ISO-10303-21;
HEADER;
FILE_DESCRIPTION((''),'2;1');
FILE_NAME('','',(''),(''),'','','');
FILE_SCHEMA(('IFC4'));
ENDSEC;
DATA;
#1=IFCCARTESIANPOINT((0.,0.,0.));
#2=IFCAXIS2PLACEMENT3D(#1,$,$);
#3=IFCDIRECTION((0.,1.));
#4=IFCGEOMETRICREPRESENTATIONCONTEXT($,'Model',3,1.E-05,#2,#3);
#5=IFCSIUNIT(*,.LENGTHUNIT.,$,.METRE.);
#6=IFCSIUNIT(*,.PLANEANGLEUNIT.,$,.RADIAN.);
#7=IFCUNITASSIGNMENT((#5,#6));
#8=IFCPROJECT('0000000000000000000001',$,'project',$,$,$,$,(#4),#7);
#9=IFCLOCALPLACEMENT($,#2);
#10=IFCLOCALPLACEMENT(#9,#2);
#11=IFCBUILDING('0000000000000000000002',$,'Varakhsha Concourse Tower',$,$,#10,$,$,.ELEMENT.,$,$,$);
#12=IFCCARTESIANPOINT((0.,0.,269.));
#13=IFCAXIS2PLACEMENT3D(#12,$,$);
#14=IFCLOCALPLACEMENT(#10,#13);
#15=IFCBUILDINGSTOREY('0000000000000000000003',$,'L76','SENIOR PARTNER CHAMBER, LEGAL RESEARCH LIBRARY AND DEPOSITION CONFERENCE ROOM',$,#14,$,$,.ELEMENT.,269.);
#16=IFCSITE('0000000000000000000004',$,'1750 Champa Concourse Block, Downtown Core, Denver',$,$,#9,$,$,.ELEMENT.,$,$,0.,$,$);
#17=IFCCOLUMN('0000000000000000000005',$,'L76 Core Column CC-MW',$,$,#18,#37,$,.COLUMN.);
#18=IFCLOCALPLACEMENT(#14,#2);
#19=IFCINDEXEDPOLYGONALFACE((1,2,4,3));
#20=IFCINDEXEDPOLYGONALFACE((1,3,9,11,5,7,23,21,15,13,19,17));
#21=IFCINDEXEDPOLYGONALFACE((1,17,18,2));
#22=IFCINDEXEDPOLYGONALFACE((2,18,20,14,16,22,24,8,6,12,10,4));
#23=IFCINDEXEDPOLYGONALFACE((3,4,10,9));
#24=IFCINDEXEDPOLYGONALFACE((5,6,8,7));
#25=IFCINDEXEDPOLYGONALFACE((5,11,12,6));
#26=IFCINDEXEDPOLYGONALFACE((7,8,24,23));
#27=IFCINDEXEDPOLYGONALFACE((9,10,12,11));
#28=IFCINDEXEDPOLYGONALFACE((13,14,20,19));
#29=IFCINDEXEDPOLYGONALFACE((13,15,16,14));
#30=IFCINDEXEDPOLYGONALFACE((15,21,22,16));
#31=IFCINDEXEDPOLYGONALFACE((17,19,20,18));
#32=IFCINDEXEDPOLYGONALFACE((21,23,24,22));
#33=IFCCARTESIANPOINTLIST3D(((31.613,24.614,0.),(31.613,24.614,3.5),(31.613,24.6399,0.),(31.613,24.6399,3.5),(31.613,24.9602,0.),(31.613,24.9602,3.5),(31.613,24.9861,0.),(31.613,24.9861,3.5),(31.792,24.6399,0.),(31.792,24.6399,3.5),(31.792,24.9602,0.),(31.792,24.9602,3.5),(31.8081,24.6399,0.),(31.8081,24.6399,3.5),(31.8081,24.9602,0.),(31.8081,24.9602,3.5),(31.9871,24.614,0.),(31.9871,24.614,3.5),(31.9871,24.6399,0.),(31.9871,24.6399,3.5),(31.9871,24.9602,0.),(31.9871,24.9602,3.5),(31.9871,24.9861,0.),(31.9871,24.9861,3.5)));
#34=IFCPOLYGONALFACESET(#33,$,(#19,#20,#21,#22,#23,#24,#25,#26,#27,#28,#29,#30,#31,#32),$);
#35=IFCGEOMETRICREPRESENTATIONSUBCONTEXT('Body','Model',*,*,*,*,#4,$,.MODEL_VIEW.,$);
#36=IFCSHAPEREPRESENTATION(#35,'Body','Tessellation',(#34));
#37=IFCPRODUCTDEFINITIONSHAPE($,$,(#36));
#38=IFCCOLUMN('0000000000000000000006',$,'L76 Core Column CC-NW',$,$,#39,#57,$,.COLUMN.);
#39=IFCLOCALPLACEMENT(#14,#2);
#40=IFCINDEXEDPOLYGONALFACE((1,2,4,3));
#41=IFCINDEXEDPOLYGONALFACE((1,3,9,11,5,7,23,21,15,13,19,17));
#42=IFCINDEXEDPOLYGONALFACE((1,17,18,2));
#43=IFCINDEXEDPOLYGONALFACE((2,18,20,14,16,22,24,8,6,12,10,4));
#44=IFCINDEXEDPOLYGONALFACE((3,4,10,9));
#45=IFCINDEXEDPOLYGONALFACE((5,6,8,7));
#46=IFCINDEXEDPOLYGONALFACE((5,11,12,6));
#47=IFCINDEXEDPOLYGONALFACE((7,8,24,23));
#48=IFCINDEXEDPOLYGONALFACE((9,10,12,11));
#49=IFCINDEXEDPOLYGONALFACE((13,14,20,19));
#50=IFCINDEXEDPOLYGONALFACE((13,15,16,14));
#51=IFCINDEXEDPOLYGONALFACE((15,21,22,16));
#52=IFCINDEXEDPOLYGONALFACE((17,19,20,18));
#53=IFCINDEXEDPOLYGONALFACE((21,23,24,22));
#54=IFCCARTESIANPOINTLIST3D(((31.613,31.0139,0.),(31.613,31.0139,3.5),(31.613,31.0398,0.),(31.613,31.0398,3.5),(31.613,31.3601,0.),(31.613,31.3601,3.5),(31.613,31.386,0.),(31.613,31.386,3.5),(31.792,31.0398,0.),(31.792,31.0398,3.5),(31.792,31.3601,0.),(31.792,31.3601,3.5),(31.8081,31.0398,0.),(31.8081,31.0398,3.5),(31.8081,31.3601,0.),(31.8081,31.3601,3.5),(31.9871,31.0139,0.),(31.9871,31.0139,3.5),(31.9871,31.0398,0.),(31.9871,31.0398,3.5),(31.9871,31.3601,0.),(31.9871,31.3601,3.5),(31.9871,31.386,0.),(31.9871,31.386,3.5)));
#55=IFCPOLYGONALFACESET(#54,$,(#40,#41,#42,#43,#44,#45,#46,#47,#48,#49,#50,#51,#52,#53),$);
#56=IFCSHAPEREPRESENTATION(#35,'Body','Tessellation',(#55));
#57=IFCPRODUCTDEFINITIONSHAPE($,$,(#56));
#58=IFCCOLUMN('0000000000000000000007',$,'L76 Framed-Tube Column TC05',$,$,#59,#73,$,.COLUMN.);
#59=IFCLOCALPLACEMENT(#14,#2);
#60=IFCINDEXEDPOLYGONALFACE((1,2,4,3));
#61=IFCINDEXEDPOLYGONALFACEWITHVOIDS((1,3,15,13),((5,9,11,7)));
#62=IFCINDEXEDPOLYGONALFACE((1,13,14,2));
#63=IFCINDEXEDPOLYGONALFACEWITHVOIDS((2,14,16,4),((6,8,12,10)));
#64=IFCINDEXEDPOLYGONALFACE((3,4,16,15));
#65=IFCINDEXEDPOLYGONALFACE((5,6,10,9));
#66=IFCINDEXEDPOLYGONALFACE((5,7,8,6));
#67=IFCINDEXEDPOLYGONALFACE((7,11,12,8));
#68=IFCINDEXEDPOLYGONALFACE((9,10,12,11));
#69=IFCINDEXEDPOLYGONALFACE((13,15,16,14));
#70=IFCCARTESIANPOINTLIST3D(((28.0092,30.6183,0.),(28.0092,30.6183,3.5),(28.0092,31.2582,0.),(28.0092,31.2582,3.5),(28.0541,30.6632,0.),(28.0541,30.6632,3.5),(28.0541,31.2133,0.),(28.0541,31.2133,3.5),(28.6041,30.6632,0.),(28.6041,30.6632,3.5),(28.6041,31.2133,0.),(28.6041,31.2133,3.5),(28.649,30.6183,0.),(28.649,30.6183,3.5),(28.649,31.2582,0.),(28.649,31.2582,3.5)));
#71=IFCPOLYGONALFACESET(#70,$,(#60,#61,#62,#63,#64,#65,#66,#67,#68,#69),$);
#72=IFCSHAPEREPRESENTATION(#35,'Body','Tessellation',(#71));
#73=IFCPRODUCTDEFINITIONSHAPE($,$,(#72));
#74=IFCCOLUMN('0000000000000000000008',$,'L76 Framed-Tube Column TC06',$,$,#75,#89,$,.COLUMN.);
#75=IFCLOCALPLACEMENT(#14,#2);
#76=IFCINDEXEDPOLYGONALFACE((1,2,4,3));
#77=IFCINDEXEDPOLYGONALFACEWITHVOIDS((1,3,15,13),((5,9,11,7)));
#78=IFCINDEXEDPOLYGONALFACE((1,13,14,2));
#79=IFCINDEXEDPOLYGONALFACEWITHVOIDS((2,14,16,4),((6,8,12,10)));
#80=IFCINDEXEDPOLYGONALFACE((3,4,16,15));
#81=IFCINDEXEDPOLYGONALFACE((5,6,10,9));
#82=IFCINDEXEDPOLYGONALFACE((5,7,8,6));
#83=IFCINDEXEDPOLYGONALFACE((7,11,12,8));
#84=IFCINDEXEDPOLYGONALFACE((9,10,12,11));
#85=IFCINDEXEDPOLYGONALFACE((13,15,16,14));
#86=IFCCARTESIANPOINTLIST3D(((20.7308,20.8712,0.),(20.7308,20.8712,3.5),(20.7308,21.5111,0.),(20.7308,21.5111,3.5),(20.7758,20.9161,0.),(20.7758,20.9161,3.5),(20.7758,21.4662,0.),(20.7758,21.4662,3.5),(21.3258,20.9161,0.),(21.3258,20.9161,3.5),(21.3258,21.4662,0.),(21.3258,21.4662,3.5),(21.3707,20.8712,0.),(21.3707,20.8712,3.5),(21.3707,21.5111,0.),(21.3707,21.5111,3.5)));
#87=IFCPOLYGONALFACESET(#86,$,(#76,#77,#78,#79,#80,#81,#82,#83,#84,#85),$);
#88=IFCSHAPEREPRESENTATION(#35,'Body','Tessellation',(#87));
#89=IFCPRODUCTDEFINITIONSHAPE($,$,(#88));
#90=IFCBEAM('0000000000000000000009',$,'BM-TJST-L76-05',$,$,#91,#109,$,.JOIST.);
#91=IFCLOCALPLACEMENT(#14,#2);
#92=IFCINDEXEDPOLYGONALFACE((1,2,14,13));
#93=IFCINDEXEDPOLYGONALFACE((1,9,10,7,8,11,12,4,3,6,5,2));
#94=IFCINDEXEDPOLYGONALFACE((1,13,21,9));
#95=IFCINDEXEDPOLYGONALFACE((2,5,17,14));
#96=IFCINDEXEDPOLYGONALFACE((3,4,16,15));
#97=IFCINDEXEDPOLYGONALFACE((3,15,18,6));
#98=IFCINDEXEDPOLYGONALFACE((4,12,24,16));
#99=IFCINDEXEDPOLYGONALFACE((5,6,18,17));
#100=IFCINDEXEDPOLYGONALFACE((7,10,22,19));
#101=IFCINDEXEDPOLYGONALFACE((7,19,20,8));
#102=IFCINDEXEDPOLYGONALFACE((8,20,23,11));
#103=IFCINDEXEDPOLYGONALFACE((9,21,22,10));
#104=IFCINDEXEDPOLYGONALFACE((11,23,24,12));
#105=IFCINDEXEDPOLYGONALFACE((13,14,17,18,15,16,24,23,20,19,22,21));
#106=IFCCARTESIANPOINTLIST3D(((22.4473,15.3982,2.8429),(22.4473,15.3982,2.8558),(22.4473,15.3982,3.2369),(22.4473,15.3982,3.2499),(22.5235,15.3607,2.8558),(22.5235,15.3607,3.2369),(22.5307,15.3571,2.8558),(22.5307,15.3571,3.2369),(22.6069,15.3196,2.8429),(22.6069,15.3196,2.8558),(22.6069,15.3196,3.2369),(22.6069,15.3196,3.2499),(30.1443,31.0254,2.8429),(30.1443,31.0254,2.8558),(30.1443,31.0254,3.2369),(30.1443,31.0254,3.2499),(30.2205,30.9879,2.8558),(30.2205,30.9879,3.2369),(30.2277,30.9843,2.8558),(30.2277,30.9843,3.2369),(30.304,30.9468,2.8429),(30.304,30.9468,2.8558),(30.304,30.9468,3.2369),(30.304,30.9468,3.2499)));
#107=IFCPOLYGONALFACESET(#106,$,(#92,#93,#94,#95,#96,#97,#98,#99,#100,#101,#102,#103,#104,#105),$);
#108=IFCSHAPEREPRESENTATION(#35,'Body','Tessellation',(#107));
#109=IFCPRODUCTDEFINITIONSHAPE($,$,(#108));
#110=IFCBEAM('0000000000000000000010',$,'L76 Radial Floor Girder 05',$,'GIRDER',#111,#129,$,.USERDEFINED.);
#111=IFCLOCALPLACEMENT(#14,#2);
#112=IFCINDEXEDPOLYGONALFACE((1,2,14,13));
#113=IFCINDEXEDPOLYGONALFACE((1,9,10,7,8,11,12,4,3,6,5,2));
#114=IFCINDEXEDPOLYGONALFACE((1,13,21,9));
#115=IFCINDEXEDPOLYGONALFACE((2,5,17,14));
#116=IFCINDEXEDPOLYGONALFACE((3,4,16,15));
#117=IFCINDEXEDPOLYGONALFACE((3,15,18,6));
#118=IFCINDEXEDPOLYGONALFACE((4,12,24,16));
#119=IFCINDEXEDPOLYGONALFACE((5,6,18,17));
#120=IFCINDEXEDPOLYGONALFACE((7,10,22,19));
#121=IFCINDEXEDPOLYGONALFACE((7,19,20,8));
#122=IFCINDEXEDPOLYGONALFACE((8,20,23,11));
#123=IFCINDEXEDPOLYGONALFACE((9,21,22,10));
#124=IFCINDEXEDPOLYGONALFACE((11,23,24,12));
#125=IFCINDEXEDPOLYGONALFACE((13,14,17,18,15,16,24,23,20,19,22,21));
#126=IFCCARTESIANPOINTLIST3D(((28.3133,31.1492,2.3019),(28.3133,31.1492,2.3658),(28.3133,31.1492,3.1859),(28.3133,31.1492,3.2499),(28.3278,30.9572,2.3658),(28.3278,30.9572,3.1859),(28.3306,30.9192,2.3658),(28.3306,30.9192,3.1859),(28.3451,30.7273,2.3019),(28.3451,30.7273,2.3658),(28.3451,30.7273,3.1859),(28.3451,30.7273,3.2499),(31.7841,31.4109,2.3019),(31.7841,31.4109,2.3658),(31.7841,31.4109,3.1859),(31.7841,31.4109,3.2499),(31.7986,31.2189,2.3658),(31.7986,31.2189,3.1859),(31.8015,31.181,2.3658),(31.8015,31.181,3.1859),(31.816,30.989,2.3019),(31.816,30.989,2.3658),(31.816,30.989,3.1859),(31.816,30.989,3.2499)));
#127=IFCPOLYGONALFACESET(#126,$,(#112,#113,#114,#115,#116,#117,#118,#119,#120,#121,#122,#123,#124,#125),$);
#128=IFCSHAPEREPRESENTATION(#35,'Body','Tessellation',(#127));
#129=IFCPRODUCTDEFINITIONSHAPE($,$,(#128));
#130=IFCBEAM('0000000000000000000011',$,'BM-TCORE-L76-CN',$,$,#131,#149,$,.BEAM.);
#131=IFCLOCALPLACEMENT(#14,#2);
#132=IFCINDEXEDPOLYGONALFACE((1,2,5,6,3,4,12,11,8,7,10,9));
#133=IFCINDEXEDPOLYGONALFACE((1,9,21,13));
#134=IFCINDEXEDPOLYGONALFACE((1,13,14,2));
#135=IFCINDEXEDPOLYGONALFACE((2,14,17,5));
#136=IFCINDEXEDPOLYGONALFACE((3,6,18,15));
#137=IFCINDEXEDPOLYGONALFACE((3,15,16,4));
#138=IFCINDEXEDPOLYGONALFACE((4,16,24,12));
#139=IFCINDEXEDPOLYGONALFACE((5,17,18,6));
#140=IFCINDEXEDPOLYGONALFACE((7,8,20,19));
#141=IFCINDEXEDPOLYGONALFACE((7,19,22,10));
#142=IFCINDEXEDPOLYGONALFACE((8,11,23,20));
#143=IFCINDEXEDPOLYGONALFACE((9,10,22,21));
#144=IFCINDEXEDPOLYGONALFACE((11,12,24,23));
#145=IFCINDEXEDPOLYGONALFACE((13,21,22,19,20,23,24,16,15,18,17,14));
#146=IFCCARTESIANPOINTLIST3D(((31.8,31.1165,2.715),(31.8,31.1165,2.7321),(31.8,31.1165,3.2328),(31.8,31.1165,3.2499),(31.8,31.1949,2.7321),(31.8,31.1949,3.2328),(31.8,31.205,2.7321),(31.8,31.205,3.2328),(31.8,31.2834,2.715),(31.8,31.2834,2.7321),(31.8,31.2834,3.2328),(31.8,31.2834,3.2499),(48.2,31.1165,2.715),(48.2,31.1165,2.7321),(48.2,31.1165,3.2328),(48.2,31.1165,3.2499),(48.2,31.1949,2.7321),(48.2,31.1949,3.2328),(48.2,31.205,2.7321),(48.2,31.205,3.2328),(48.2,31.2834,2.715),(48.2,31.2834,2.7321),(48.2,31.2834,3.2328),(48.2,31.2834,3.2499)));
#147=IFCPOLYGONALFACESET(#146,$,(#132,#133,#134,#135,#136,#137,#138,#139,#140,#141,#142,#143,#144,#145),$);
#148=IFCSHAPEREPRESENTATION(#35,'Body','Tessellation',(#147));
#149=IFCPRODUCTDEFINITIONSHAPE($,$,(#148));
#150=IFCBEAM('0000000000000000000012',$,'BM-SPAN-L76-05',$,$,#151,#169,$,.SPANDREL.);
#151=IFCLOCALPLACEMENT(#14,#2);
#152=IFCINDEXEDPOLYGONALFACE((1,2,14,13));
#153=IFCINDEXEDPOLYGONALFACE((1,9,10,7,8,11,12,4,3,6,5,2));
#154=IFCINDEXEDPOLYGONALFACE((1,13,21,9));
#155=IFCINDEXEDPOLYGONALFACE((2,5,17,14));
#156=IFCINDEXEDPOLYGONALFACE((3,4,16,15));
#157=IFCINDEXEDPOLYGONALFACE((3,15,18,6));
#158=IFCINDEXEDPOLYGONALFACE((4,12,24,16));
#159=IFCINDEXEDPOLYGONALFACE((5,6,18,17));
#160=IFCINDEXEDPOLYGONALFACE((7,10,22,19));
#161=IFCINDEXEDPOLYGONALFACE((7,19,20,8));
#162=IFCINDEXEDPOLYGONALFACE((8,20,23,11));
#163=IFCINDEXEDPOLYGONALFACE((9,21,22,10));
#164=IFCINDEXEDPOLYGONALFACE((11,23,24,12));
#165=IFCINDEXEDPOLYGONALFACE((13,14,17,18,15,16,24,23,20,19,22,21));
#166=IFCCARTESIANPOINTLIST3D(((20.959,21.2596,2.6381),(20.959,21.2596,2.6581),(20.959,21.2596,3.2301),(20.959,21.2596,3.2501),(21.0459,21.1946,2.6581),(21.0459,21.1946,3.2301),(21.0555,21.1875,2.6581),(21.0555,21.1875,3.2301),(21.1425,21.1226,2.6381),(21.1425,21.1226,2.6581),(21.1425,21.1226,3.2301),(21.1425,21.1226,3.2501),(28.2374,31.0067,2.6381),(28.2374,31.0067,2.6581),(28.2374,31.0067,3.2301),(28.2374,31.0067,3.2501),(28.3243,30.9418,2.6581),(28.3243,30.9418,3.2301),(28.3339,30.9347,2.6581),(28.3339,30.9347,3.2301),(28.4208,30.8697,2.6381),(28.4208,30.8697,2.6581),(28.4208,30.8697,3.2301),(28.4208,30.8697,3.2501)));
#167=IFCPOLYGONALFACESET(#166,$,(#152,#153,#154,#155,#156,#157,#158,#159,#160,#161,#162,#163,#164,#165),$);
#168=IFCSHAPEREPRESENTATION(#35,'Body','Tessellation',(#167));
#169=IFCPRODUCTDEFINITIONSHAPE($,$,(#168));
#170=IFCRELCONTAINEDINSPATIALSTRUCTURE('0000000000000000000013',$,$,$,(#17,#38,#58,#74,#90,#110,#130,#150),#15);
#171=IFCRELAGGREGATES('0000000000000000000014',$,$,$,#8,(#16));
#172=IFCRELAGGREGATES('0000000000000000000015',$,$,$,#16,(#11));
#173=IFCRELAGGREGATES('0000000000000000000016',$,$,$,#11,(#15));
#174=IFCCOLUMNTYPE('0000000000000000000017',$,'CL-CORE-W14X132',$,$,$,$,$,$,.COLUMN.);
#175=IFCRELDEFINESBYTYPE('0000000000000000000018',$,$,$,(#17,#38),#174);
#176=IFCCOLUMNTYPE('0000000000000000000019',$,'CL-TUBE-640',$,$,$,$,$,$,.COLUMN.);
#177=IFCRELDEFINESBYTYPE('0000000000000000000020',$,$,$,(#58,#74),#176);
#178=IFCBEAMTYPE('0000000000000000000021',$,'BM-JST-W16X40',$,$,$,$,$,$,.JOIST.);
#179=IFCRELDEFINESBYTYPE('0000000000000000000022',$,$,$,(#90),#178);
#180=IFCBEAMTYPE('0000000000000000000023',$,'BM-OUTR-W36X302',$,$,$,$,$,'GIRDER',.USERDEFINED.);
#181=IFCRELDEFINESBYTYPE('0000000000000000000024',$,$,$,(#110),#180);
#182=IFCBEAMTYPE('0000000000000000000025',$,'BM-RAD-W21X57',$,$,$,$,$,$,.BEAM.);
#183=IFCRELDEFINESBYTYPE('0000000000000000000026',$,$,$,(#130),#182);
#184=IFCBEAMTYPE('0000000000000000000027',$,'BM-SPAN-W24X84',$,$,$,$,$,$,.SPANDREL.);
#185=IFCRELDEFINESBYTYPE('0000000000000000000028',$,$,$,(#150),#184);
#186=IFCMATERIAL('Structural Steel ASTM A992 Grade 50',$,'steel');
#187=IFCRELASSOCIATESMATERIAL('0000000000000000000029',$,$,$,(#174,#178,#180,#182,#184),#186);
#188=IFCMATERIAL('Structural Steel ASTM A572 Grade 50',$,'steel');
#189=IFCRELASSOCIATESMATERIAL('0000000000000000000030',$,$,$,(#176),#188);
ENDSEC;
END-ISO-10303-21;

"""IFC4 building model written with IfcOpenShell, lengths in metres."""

from ifc_helpers import new_model, si_unit, direction, frame, origin, origin_2d, place, context, subcontext, project, spatial, hollow_rectangle, i_section, extrude, material, material_profile, profile_set, type_object, element, save


model = new_model("IFC4")

# Units and contexts
model_context = context("Model", 3, precision=1e-05, world=origin(), true_north=direction((0.0, 1.0)))
body_context = subcontext(model_context, "Body", "Model", "MODEL_VIEW")
ifc_project = project(units=[si_unit("LENGTHUNIT", "METRE"), si_unit("PLANEANGLEUNIT", "RADIAN")], contexts=[model_context])

# Site, building, storey
site_placement = place(None, origin())
site = spatial("IfcSite", under=ifc_project, at=site_placement, Name="1750 Champa Concourse Block, Downtown Core, Denver", CompositionType="ELEMENT", RefElevation=0.0)
building_placement = place(site_placement, origin())
building = spatial("IfcBuilding", under=site, at=building_placement, Name="Varakhsha Concourse Tower", CompositionType="ELEMENT")
storey_placement = place(building_placement, frame((0.0, 0.0, 269.0)))
storey = spatial("IfcBuildingStorey", under=building, at=storey_placement, Name="L76", Description="SENIOR PARTNER CHAMBER, LEGAL RESEARCH LIBRARY AND DEPOSITION CONFERENCE ROOM", CompositionType="ELEMENT", Elevation=269.0)

# Columns
ifc_material_1 = material(Name="Structural Steel ASTM A992 Grade 50", Category="steel")
ifc_material_profile_1 = material_profile(ifc_material_1, i_section(OverallWidth=0.374, OverallDepth=0.3721, WebThickness=0.0161, FlangeThickness=0.0259, at=origin_2d()), Name="W14X132")
ifc_profile_set_1 = profile_set([ifc_material_profile_1], Name="Structural Steel ASTM A992 Grade 50")
column_type_1 = type_object("IfcColumnType", Name="CL-CORE-W14X132", PredefinedType="COLUMN", material=ifc_profile_set_1)
for number, where, z_axis, x_axis, name in (
    (1, (31.8, 24.8, 0.0), (0.0, 0.0, 1.0), (1.0, 0.0, 0.0), "L76 Core Column CC-MW"),
    (2, (31.8, 31.2, 0.0), (0.0, 0.0, 1.0), (1.0, 0.0, 0.0), "L76 Core Column CC-NW"),
):
    element("IfcColumn", number, at=place(storey_placement, frame(where, z_axis=z_axis, x_axis=x_axis)), inside=storey, type_object=column_type_1, Name=name, PredefinedType="COLUMN", context=body_context, shape_type="SweptSolid", body=[
        extrude(i_section(OverallWidth=0.374, OverallDepth=0.3721, WebThickness=0.0161, FlangeThickness=0.0259, at=origin_2d()), origin(), (0.0, 0.0, 1.0), 3.5),
    ])
ifc_material_2 = material(Name="Structural Steel ASTM A572 Grade 50", Category="steel")
ifc_material_profile_2 = material_profile(ifc_material_2, hollow_rectangle(XDim=0.6399, YDim=0.6399, WallThickness=0.0449, at=origin_2d()), Name="BOX 640x640x45")
ifc_profile_set_2 = profile_set([ifc_material_profile_2], Name="Structural Steel ASTM A572 Grade 50")
column_type_2 = type_object("IfcColumnType", Name="CL-TUBE-640", PredefinedType="COLUMN", material=ifc_profile_set_2)
for number, where, z_axis, x_axis, name in (
    (3, (28.3291, 30.9382, 0.0), (0.0, 0.0, 1.0), (1.0, 0.0, 0.0), "L76 Framed-Tube Column TC05"),
    (4, (21.0508, 21.1912, 0.0), (0.0, 0.0, 1.0), (1.0, 0.0, 0.0), "L76 Framed-Tube Column TC06"),
):
    element("IfcColumn", number, at=place(storey_placement, frame(where, z_axis=z_axis, x_axis=x_axis)), inside=storey, type_object=column_type_2, Name=name, PredefinedType="COLUMN", context=body_context, shape_type="SweptSolid", body=[
        extrude(hollow_rectangle(XDim=0.6399, YDim=0.6399, WallThickness=0.0449, at=origin_2d()), origin(), (0.0, 0.0, 1.0), 3.5),
    ])

# Beams
ifc_material_profile_3 = material_profile(ifc_material_1, i_section(OverallWidth=0.178, OverallDepth=0.407, WebThickness=0.0081, FlangeThickness=0.0129, at=origin_2d()), Name="W16X40")
ifc_profile_set_3 = profile_set([ifc_material_profile_3], Name="Structural Steel ASTM A992 Grade 50")
beam_type_1 = type_object("IfcBeamType", Name="BM-JST-W16X40", PredefinedType="JOIST", material=ifc_profile_set_3)
beam_1_placement = place(storey_placement, frame((30.2241, 30.9861, 3.0464), z_axis=(-0.441852, -0.897088, 0.0), x_axis=(0.897088, -0.441852, 0.0)))
element("IfcBeam", 5, at=beam_1_placement, inside=storey, type_object=beam_type_1, Name="BM-TJST-L76-05", PredefinedType="JOIST", context=body_context, shape_type="SweptSolid", body=[
    extrude(i_section(OverallWidth=0.178, OverallDepth=0.407, WebThickness=0.0081, FlangeThickness=0.0129, at=origin_2d()), origin(), (0.0, 0.0, 1.0), 17.4199),
])
ifc_material_profile_4 = material_profile(ifc_material_1, i_section(OverallWidth=0.4231, OverallDepth=0.948, WebThickness=0.0381, FlangeThickness=0.064, at=origin_2d()), Name="W36X302")
ifc_profile_set_4 = profile_set([ifc_material_profile_4], Name="Structural Steel ASTM A992 Grade 50")
beam_type_2 = type_object("IfcBeamType", Name="BM-OUTR-W36X302", ElementType="GIRDER", PredefinedType="USERDEFINED", material=ifc_profile_set_4)
beam_2_placement = place(storey_placement, frame((31.8, 31.2, 2.7759), z_axis=(-0.997169, -0.075189, 0.0), x_axis=(0.075189, -0.997169, 0.0)))
element("IfcBeam", 6, at=beam_2_placement, inside=storey, type_object=beam_type_2, Name="L76 Radial Floor Girder 05", ObjectType="GIRDER", PredefinedType="USERDEFINED", context=body_context, shape_type="SweptSolid", body=[
    extrude(i_section(OverallWidth=0.4231, OverallDepth=0.948, WebThickness=0.0381, FlangeThickness=0.064, at=origin_2d()), origin(), (0.0, 0.0, 1.0), 3.4807),
])
ifc_material_profile_5 = material_profile(ifc_material_1, i_section(OverallWidth=0.167, OverallDepth=0.5349, WebThickness=0.01, FlangeThickness=0.0171, at=origin_2d()), Name="W21X57")
ifc_profile_set_5 = profile_set([ifc_material_profile_5], Name="Structural Steel ASTM A992 Grade 50")
beam_type_3 = type_object("IfcBeamType", Name="BM-RAD-W21X57", PredefinedType="BEAM", material=ifc_profile_set_5)
beam_3_placement = place(storey_placement, frame((31.8, 31.2, 2.9824), z_axis=(1.0, 0.0, 0.0), x_axis=(0.0, 1.0, 0.0)))
element("IfcBeam", 7, at=beam_3_placement, inside=storey, type_object=beam_type_3, Name="BM-TCORE-L76-CN", PredefinedType="BEAM", context=body_context, shape_type="SweptSolid", body=[
    extrude(i_section(OverallWidth=0.167, OverallDepth=0.5349, WebThickness=0.01, FlangeThickness=0.0171, at=origin_2d()), origin(), (0.0, 0.0, 1.0), 16.3999),
])
ifc_material_profile_6 = material_profile(ifc_material_1, i_section(OverallWidth=0.229, OverallDepth=0.6121, WebThickness=0.012, FlangeThickness=0.02, at=origin_2d()), Name="W24X84")
ifc_profile_set_6 = profile_set([ifc_material_profile_6], Name="Structural Steel ASTM A992 Grade 50")
beam_type_4 = type_object("IfcBeamType", Name="BM-SPAN-W24X84", PredefinedType="SPANDREL", material=ifc_profile_set_6)
beam_4_placement = place(storey_placement, frame((28.3291, 30.9382, 2.9441), z_axis=(-0.598316, -0.80126, 0.0), x_axis=(0.80126, -0.598316, 0.0)))
element("IfcBeam", 8, at=beam_4_placement, inside=storey, type_object=beam_type_4, Name="BM-SPAN-L76-05", PredefinedType="SPANDREL", context=body_context, shape_type="SweptSolid", body=[
    extrude(i_section(OverallWidth=0.229, OverallDepth=0.6121, WebThickness=0.012, FlangeThickness=0.02, at=origin_2d()), origin(), (0.0, 0.0, 1.0), 12.1648),
])

save(model, "model.ifc")
